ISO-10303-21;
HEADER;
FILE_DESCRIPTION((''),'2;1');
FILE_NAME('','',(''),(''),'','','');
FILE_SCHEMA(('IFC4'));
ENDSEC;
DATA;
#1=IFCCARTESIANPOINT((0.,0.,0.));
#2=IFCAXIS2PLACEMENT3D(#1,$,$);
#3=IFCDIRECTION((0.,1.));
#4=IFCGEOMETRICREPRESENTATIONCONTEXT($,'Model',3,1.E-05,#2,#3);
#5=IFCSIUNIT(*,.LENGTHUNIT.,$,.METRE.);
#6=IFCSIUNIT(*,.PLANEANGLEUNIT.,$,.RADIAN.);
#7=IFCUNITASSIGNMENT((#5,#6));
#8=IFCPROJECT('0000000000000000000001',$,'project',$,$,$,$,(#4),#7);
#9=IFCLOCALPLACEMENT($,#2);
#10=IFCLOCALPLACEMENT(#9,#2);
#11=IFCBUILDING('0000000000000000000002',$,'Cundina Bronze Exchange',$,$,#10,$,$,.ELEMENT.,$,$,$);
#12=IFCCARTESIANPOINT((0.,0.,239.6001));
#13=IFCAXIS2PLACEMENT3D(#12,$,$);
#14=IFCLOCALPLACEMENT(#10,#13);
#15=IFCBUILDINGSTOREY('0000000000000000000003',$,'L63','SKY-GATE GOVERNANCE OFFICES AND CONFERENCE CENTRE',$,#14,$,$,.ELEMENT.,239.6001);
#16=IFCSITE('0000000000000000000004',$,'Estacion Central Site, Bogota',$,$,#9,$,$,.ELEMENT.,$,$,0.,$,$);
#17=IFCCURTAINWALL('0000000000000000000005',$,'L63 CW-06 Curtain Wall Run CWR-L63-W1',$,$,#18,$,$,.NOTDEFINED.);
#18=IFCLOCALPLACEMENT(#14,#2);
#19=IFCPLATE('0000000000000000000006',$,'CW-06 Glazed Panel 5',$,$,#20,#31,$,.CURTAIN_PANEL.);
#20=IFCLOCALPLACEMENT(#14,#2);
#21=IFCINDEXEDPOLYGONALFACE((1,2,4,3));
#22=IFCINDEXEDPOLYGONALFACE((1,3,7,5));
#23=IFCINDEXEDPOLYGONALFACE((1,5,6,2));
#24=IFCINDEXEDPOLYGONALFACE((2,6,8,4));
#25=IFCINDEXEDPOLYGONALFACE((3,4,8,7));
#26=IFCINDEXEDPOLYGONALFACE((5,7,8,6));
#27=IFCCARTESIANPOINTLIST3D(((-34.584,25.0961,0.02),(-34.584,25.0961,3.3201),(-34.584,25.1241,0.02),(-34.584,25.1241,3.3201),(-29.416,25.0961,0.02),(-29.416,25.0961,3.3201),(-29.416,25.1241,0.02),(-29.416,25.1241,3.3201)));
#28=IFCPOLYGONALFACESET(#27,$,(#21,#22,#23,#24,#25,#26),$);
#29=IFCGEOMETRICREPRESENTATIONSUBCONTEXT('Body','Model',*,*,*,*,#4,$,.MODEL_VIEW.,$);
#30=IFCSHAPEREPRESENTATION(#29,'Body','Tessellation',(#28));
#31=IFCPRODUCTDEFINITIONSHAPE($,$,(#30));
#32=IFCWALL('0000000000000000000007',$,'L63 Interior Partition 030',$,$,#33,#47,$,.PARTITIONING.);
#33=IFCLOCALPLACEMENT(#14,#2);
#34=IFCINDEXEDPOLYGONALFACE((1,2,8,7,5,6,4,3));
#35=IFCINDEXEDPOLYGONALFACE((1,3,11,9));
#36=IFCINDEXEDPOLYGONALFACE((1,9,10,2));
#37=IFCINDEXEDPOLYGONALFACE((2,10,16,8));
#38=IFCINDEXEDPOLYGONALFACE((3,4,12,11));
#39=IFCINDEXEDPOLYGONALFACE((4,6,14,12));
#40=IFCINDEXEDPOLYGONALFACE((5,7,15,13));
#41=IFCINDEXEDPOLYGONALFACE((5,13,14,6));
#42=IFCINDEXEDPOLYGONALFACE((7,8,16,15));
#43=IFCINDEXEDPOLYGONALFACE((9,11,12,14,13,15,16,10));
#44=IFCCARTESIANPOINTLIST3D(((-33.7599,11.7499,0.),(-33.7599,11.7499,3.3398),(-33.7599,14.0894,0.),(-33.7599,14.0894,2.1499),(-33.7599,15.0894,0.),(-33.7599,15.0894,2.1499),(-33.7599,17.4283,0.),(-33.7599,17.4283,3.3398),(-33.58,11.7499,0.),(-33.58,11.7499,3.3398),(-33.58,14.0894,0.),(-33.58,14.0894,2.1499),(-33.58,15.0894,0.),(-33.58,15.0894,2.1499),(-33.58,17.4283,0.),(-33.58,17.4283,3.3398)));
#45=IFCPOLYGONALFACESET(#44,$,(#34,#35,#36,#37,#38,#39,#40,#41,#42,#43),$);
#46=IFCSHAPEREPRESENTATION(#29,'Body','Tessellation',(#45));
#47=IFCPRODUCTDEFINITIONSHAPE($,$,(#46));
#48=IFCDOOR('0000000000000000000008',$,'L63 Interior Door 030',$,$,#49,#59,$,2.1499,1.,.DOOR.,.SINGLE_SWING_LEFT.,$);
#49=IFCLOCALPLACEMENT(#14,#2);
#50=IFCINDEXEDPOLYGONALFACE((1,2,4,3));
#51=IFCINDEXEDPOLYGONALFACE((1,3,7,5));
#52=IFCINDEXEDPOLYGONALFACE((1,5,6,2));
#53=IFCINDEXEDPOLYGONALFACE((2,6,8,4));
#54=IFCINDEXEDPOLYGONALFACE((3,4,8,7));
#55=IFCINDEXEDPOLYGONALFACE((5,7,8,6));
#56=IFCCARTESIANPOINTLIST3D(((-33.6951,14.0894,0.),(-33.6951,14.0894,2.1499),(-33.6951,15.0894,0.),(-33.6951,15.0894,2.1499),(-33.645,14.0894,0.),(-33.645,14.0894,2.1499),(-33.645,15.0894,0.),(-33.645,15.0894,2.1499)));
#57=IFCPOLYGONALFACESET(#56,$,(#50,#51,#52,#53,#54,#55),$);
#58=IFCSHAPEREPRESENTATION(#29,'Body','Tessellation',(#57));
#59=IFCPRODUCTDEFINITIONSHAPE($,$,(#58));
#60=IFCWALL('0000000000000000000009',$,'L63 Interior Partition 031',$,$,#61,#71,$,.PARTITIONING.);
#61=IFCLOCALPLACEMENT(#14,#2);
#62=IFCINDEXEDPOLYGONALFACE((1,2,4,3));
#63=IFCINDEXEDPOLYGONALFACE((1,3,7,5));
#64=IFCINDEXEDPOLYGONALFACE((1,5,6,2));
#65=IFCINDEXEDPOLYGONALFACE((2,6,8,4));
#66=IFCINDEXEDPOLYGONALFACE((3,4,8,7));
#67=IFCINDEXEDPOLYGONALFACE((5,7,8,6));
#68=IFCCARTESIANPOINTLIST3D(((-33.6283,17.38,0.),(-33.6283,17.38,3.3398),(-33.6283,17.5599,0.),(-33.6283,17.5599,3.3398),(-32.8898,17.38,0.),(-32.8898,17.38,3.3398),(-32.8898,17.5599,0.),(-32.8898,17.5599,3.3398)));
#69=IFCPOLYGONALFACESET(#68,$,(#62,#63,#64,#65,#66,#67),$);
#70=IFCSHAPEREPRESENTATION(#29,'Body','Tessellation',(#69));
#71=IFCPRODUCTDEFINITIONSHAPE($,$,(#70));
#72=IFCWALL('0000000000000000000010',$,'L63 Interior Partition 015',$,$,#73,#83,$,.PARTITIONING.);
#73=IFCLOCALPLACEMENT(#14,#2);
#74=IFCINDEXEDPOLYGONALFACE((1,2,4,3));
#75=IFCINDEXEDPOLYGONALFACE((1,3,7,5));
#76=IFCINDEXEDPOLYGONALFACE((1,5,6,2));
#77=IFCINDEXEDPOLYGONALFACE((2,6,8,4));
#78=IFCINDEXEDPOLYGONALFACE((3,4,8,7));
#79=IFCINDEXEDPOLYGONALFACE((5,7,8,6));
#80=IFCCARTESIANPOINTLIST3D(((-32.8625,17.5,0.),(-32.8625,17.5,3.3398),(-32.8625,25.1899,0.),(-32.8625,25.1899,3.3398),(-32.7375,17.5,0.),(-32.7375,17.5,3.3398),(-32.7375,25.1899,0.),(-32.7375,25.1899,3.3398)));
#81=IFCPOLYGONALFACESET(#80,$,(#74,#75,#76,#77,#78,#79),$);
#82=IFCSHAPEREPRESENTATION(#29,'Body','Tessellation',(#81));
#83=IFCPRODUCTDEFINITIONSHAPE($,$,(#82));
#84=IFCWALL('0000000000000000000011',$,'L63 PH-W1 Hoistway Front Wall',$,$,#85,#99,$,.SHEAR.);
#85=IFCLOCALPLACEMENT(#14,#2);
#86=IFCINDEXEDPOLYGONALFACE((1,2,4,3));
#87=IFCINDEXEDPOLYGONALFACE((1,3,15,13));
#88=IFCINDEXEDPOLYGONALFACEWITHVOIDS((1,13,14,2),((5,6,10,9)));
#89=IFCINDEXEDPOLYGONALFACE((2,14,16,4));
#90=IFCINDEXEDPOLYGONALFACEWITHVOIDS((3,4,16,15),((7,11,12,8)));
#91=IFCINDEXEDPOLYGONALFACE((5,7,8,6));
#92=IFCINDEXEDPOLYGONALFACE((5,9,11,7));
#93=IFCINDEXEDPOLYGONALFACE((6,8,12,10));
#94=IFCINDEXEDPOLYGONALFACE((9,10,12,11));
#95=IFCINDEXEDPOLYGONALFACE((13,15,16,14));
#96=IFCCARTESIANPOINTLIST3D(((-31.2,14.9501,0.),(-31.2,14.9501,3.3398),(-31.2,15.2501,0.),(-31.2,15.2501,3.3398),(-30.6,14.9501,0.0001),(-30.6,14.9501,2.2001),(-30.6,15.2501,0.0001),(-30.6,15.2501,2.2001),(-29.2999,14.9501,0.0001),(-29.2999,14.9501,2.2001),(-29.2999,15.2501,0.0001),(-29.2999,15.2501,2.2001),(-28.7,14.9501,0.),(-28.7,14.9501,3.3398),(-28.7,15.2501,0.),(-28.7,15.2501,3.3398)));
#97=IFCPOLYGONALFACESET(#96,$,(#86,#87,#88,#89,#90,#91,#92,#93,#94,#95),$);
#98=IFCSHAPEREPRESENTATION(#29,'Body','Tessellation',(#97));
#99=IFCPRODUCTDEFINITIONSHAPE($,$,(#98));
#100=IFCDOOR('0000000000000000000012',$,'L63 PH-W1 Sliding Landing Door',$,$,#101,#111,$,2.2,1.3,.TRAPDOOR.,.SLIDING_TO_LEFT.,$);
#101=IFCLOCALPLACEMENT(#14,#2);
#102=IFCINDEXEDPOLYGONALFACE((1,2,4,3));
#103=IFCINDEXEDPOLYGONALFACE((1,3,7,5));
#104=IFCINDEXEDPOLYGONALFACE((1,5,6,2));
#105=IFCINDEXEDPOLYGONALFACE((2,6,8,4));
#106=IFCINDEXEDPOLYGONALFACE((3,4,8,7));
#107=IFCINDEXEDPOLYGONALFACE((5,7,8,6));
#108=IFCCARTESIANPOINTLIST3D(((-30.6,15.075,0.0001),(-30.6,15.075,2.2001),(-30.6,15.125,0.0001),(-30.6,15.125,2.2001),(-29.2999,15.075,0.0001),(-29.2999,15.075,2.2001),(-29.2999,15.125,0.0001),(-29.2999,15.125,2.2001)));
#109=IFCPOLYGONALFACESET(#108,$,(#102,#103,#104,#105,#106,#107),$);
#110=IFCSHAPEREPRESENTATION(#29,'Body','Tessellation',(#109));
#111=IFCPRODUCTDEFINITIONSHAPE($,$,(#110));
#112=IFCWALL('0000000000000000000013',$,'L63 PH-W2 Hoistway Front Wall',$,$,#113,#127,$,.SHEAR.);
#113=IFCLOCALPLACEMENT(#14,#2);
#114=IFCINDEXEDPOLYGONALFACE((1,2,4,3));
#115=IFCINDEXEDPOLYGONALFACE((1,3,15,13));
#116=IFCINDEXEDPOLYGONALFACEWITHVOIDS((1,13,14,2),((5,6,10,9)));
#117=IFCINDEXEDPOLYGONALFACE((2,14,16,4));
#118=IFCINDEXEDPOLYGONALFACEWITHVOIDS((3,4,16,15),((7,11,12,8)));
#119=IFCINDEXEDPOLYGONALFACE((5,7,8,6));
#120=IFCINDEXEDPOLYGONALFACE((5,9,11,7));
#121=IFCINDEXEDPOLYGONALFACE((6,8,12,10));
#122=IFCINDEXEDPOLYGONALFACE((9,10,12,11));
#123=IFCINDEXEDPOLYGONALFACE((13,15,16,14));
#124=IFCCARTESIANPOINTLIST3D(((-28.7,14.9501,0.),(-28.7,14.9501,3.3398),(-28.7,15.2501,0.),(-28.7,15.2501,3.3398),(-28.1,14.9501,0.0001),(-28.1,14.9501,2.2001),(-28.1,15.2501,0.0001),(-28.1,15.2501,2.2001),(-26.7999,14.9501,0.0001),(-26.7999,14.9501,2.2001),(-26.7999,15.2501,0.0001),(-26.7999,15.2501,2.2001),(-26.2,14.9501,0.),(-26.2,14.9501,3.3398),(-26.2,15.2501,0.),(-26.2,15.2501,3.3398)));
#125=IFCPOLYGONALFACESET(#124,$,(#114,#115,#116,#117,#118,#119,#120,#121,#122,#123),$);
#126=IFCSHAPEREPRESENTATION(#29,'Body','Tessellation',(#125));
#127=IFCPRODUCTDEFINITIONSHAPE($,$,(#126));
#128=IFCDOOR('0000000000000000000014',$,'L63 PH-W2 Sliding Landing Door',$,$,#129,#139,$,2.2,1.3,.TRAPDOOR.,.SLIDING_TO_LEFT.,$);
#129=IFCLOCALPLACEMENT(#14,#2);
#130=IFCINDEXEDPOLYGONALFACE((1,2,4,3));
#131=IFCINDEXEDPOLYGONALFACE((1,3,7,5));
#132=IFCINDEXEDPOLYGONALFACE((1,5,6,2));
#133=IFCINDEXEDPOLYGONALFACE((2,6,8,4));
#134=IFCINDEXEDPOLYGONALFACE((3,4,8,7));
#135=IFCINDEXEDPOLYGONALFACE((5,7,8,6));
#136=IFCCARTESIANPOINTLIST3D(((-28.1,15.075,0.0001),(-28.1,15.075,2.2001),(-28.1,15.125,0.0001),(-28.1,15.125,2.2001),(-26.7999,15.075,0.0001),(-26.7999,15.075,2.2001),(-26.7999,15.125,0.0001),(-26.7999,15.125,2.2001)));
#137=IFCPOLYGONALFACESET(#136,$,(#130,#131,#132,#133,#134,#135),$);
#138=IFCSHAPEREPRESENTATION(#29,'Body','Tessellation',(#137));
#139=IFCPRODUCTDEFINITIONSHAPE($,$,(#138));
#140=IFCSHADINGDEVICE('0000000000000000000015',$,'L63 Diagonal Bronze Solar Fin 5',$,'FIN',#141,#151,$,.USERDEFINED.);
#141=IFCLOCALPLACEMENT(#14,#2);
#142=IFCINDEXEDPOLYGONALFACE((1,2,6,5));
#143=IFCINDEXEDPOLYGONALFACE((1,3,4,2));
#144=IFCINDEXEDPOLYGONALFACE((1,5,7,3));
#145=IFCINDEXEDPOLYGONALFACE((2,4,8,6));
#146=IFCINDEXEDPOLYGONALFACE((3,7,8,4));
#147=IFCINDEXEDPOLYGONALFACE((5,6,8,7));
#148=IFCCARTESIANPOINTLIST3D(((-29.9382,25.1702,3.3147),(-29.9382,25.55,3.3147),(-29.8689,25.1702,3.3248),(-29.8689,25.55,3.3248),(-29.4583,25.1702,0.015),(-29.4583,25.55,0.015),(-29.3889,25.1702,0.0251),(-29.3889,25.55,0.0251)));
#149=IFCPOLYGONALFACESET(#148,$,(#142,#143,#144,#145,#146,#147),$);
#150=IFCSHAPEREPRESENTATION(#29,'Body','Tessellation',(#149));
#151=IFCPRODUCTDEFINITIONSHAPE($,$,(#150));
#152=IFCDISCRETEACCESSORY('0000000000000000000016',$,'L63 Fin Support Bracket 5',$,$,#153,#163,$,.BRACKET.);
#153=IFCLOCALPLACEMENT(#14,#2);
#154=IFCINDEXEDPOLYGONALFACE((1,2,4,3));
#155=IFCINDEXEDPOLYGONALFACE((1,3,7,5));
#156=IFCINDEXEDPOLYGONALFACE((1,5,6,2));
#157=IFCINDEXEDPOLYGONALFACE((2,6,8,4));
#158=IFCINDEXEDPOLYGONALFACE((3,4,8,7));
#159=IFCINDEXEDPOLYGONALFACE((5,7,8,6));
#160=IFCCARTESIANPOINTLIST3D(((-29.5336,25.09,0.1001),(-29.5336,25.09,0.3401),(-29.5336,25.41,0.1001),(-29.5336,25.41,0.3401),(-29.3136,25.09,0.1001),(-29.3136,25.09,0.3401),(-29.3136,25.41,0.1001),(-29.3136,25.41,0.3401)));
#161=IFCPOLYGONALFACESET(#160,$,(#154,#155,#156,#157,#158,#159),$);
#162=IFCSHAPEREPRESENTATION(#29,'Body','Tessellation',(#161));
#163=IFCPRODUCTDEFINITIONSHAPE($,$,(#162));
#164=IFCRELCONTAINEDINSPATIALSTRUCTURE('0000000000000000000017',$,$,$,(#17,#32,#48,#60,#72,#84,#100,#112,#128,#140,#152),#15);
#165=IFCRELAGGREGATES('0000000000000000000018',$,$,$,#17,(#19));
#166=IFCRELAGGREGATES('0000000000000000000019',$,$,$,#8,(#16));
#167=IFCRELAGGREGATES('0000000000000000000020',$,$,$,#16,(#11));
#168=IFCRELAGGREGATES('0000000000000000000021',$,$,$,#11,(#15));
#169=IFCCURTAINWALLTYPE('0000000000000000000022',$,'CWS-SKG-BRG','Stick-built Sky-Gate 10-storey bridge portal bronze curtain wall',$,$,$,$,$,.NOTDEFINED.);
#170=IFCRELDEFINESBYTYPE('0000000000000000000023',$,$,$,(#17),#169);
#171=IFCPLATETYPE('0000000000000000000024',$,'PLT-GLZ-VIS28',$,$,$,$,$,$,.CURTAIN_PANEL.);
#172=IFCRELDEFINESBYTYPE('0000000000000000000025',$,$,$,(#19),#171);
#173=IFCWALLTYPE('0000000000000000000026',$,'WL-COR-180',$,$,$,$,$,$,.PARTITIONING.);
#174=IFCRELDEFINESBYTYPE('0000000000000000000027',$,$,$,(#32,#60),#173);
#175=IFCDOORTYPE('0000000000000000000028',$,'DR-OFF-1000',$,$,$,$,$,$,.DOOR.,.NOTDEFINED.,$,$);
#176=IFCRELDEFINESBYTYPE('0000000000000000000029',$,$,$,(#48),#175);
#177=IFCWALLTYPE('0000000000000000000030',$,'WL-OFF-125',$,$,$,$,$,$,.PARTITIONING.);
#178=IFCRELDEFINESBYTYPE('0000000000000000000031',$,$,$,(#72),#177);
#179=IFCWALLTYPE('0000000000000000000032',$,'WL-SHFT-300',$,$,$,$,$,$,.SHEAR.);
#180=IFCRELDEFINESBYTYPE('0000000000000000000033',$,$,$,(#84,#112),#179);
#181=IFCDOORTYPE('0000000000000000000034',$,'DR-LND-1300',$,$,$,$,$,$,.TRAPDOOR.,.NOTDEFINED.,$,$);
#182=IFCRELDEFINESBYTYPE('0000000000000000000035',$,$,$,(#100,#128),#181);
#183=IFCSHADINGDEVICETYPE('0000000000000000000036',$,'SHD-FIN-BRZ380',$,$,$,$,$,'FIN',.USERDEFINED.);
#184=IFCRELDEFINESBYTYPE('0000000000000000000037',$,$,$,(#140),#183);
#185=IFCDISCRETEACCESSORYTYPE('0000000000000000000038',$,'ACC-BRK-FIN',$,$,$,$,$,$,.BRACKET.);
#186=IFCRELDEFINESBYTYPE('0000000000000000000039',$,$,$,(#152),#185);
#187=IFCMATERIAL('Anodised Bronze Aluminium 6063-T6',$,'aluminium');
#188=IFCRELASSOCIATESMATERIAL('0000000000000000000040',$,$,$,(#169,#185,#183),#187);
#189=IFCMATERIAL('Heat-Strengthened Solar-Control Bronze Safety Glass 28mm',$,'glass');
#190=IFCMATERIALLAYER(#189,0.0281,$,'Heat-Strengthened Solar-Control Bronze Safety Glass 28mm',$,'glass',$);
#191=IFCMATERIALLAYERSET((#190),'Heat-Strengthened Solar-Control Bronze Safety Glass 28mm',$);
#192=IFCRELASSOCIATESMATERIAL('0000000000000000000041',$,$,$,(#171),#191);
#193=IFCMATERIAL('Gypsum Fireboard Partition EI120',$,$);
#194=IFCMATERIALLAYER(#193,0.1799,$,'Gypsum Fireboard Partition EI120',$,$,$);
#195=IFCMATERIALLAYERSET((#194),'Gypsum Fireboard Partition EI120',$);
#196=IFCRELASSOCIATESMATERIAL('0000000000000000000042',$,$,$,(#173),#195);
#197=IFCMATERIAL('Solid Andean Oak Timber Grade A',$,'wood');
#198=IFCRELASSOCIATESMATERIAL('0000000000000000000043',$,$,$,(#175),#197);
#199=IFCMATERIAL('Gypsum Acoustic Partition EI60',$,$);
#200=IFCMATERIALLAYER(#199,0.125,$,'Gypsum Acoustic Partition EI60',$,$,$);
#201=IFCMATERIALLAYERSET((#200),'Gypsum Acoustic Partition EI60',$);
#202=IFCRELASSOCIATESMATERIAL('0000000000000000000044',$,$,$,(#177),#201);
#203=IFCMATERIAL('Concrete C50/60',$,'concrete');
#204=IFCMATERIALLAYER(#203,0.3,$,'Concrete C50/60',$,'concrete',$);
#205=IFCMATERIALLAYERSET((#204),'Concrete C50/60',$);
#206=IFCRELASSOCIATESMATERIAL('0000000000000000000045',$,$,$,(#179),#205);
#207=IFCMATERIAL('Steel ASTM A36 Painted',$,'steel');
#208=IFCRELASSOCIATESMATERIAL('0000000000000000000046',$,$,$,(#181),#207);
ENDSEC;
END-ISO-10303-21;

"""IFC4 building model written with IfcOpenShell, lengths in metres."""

from ifc_helpers import new_model, si_unit, direction, frame, frame_2d, origin, origin_2d, place, context, subcontext, project, spatial, rectangle, extrude, material, layer, layer_set, material_profile, profile_set, type_object, element, fill, aggregate, save


model = new_model("IFC4")

# Units and contexts
model_context = context("Model", 3, precision=1e-05, world=origin(), true_north=direction((0.0, 1.0)))
body_context = subcontext(model_context, "Body", "Model", "MODEL_VIEW")
ifc_project = project(units=[si_unit("LENGTHUNIT", "METRE"), si_unit("PLANEANGLEUNIT", "RADIAN")], contexts=[model_context])

# Site, building, storey
site_placement = place(None, origin())
site = spatial("IfcSite", under=ifc_project, at=site_placement, Name="Estacion Central Site, Bogota", CompositionType="ELEMENT", RefElevation=0.0)
building_placement = place(site_placement, origin())
building = spatial("IfcBuilding", under=site, at=building_placement, Name="Cundina Bronze Exchange", CompositionType="ELEMENT")
storey_placement = place(building_placement, frame((0.0, 0.0, 239.6001)))
storey = spatial("IfcBuildingStorey", under=building, at=storey_placement, Name="L63", Description="SKY-GATE GOVERNANCE OFFICES AND CONFERENCE CENTRE", CompositionType="ELEMENT", Elevation=239.6001)

# Shared definitions
ifc_material_1 = material(Name="Concrete C50/60", Category="concrete")

# Curtain wall, plate
ifc_material_2 = material(Name="Anodised Bronze Aluminium 6063-T6", Category="aluminium")
curtain_wall_type = type_object("IfcCurtainWallType", Name="CWS-SKG-BRG", Description="Stick-built Sky-Gate 10-storey bridge portal bronze curtain wall", PredefinedType="NOTDEFINED", material=ifc_material_2)
curtain_wall_placement = place(storey_placement, origin())
curtain_wall = element("IfcCurtainWall", 1, at=curtain_wall_placement, inside=storey, type_object=curtain_wall_type, Name="L63 CW-06 Curtain Wall Run CWR-L63-W1", PredefinedType="NOTDEFINED")
ifc_material_3 = material(Name="Heat-Strengthened Solar-Control Bronze Safety Glass 28mm", Category="glass")
ifc_layer_1 = layer(ifc_material_3, 0.0281, Name="Heat-Strengthened Solar-Control Bronze Safety Glass 28mm", Category="glass")
ifc_layer_set_1 = layer_set([ifc_layer_1], Name="Heat-Strengthened Solar-Control Bronze Safety Glass 28mm")
plate_type = type_object("IfcPlateType", Name="PLT-GLZ-VIS28", PredefinedType="CURTAIN_PANEL", material=ifc_layer_set_1)
plate_placement = place(storey_placement, frame((-32.0, 25.1101, 0.02), z_axis=(0.0, 0.0, 1.0), x_axis=(-1.0, 0.0, 0.0)))
plate = element("IfcPlate", 2, at=plate_placement, type_object=plate_type, Name="CW-06 Glazed Panel 5", PredefinedType="CURTAIN_PANEL", context=body_context, shape_type="SweptSolid", body=[
    extrude(rectangle(XDim=5.168, YDim=0.0281, at=origin_2d()), origin(), (0.0, 0.0, 1.0), 3.3),
])
aggregate(curtain_wall, [plate])

# Wall, opening, door
ifc_material_4 = material(Name="Gypsum Fireboard Partition EI120")
ifc_layer_2 = layer(ifc_material_4, 0.1799, Name="Gypsum Fireboard Partition EI120")
ifc_layer_set_2 = layer_set([ifc_layer_2], Name="Gypsum Fireboard Partition EI120")
wall_type_1 = type_object("IfcWallType", Name="WL-COR-180", PredefinedType="PARTITIONING", material=ifc_layer_set_2)
wall_1_placement = place(storey_placement, frame((-33.6699, 17.4285, 0.0), z_axis=(0.0, 0.0, 1.0), x_axis=(0.0, -1.0, 0.0)))
wall_1 = element("IfcWall", 3, at=wall_1_placement, inside=storey, type_object=wall_type_1, Name="L63 Interior Partition 030", PredefinedType="PARTITIONING", context=body_context, shape_type="SweptSolid", body=[
    extrude(rectangle(XDim=5.6785, YDim=0.1799, at=frame_2d((2.8394, 0.0))), origin(), (0.0, 0.0, 1.0), 3.3398),
])
opening_1_placement = place(wall_1_placement, frame((2.3391, 0.0, 0.0)))
opening_1 = element("IfcOpeningElement", 4, at=opening_1_placement, cuts=wall_1, PredefinedType="OPENING", context=body_context, shape_type="SweptSolid", body=[
    extrude(rectangle(XDim=1.0, YDim=2.1499, at=frame_2d((0.5, 1.075))), frame((0.0, 0.0999, 0.0), z_axis=(0.0, -1.0, 0.0), x_axis=(1.0, 0.0, 0.0)), (0.0, 0.0, 1.0), 0.2),
])
ifc_material_5 = material(Name="Solid Andean Oak Timber Grade A", Category="wood")
door_type_1 = type_object("IfcDoorType", Name="DR-OFF-1000", OperationType="NOTDEFINED", PredefinedType="DOOR", material=ifc_material_5)
door_1_placement = place(opening_1_placement, origin())
door_1 = element("IfcDoor", 5, at=door_1_placement, inside=storey, type_object=door_type_1, Name="L63 Interior Door 030", OperationType="SINGLE_SWING_LEFT", OverallHeight=2.1499, OverallWidth=1.0, PredefinedType="DOOR", context=body_context, shape_type="SweptSolid", body=[
    extrude(rectangle(XDim=1.0, YDim=2.1499, at=frame_2d((0.5, 1.075))), frame((0.0, 0.0249, 0.0), z_axis=(0.0, -1.0, 0.0), x_axis=(1.0, 0.0, 0.0)), (0.0, 0.0, 1.0), 0.05),
])
fill(opening_1, door_1)

# Walls
wall_2_placement = place(storey_placement, frame((-32.8899, 17.47, 0.0), z_axis=(0.0, 0.0, 1.0), x_axis=(-1.0, 0.0, 0.0)))
element("IfcWall", 6, at=wall_2_placement, inside=storey, type_object=wall_type_1, Name="L63 Interior Partition 031", PredefinedType="PARTITIONING", context=body_context, shape_type="SweptSolid", body=[
    extrude(rectangle(XDim=0.7385, YDim=0.1799, at=frame_2d((0.3691, 0.0))), origin(), (0.0, 0.0, 1.0), 3.3398),
])
ifc_material_6 = material(Name="Gypsum Acoustic Partition EI60")
ifc_layer_3 = layer(ifc_material_6, 0.125, Name="Gypsum Acoustic Partition EI60")
ifc_layer_set_3 = layer_set([ifc_layer_3], Name="Gypsum Acoustic Partition EI60")
wall_type_2 = type_object("IfcWallType", Name="WL-OFF-125", PredefinedType="PARTITIONING", material=ifc_layer_set_3)
wall_3_placement = place(storey_placement, frame((-32.8, 17.5, 0.0), z_axis=(0.0, 0.0, 1.0), x_axis=(0.0, 1.0, 0.0)))
element("IfcWall", 7, at=wall_3_placement, inside=storey, type_object=wall_type_2, Name="L63 Interior Partition 015", PredefinedType="PARTITIONING", context=body_context, shape_type="SweptSolid", body=[
    extrude(rectangle(XDim=7.6899, YDim=0.125, at=frame_2d((3.845, 0.0))), origin(), (0.0, 0.0, 1.0), 3.3398),
])

# Walls, openings, doors
ifc_layer_4 = layer(ifc_material_1, 0.3, Name="Concrete C50/60", Category="concrete")
ifc_layer_set_4 = layer_set([ifc_layer_4], Name="Concrete C50/60")
wall_type_3 = type_object("IfcWallType", Name="WL-SHFT-300", PredefinedType="SHEAR", material=ifc_layer_set_4)
wall_4_placement = place(storey_placement, frame((-31.2, 15.1001, 0.0), z_axis=(0.0, 0.0, 1.0), x_axis=(1.0, 0.0, 0.0)))
wall_4 = element("IfcWall", 8, at=wall_4_placement, inside=storey, type_object=wall_type_3, Name="L63 PH-W1 Hoistway Front Wall", PredefinedType="SHEAR", context=body_context, shape_type="SweptSolid", body=[
    extrude(rectangle(XDim=2.5, YDim=0.3, at=frame_2d((1.25, 0.0))), origin(), (0.0, 0.0, 1.0), 3.3398),
])
opening_2_placement = place(wall_4_placement, frame((0.6001, 0.0, 0.0)))
opening_2 = element("IfcOpeningElement", 9, at=opening_2_placement, cuts=wall_4, PredefinedType="OPENING", context=body_context, shape_type="SweptSolid", body=[
    extrude(rectangle(XDim=1.3, YDim=2.2, at=frame_2d((0.6499, 1.1001))), frame((0.0, 0.1599, 0.0), z_axis=(0.0, -1.0, 0.0), x_axis=(1.0, 0.0, 0.0)), (0.0, 0.0, 1.0), 0.3201),
])
ifc_material_7 = material(Name="Steel ASTM A36 Painted", Category="steel")
door_type_2 = type_object("IfcDoorType", Name="DR-LND-1300", OperationType="NOTDEFINED", PredefinedType="TRAPDOOR", material=ifc_material_7)
door_2_placement = place(opening_2_placement, origin())
door_2 = element("IfcDoor", 10, at=door_2_placement, inside=storey, type_object=door_type_2, Name="L63 PH-W1 Sliding Landing Door", OperationType="SLIDING_TO_LEFT", OverallHeight=2.2, OverallWidth=1.3, PredefinedType="TRAPDOOR", context=body_context, shape_type="SweptSolid", body=[
    extrude(rectangle(XDim=1.3, YDim=2.2, at=frame_2d((0.6499, 1.1001))), frame((0.0, 0.0249, 0.0), z_axis=(0.0, -1.0, 0.0), x_axis=(1.0, 0.0, 0.0)), (0.0, 0.0, 1.0), 0.05),
])
fill(opening_2, door_2)
wall_5_placement = place(storey_placement, frame((-28.7, 15.1001, 0.0), z_axis=(0.0, 0.0, 1.0), x_axis=(1.0, 0.0, 0.0)))
wall_5 = element("IfcWall", 11, at=wall_5_placement, inside=storey, type_object=wall_type_3, Name="L63 PH-W2 Hoistway Front Wall", PredefinedType="SHEAR", context=body_context, shape_type="SweptSolid", body=[
    extrude(rectangle(XDim=2.5, YDim=0.3, at=frame_2d((1.25, 0.0))), origin(), (0.0, 0.0, 1.0), 3.3398),
])
opening_3_placement = place(wall_5_placement, frame((0.6001, 0.0, 0.0)))
opening_3 = element("IfcOpeningElement", 12, at=opening_3_placement, cuts=wall_5, PredefinedType="OPENING", context=body_context, shape_type="SweptSolid", body=[
    extrude(rectangle(XDim=1.3, YDim=2.2, at=frame_2d((0.6499, 1.1001))), frame((0.0, 0.1599, 0.0), z_axis=(0.0, -1.0, 0.0), x_axis=(1.0, 0.0, 0.0)), (0.0, 0.0, 1.0), 0.3201),
])
door_3_placement = place(opening_3_placement, origin())
door_3 = element("IfcDoor", 13, at=door_3_placement, inside=storey, type_object=door_type_2, Name="L63 PH-W2 Sliding Landing Door", OperationType="SLIDING_TO_LEFT", OverallHeight=2.2, OverallWidth=1.3, PredefinedType="TRAPDOOR", context=body_context, shape_type="SweptSolid", body=[
    extrude(rectangle(XDim=1.3, YDim=2.2, at=frame_2d((0.6499, 1.1001))), frame((0.0, 0.0249, 0.0), z_axis=(0.0, -1.0, 0.0), x_axis=(1.0, 0.0, 0.0)), (0.0, 0.0, 1.0), 0.05),
])
fill(opening_3, door_3)

# Shading device
ifc_material_profile_1 = material_profile(ifc_material_2, rectangle(XDim=0.0701, YDim=0.3799, at=origin_2d()), Name="FIN70X380", Category="aluminium")
ifc_profile_set_1 = profile_set([ifc_material_profile_1], Name="Anodised Bronze Aluminium 6063-T6")
shading_device_type = type_object("IfcShadingDeviceType", Name="SHD-FIN-BRZ380", ElementType="FIN", PredefinedType="USERDEFINED", material=ifc_profile_set_1)
shading_device_placement = place(storey_placement, frame((-29.4236, 25.3601, 0.02), z_axis=(-0.143942, 0.0, 0.989586), x_axis=(0.989586, 0.0, 0.143942)))
element("IfcShadingDevice", 14, at=shading_device_placement, inside=storey, type_object=shading_device_type, Name="L63 Diagonal Bronze Solar Fin 5", ObjectType="FIN", PredefinedType="USERDEFINED", context=body_context, shape_type="SweptSolid", body=[
    extrude(rectangle(XDim=0.0701, YDim=0.3799, at=origin_2d()), origin(), (0.0, 0.0, 1.0), 3.3345),
])

# Discrete accessory
discrete_accessory_type = type_object("IfcDiscreteAccessoryType", Name="ACC-BRK-FIN", PredefinedType="BRACKET", material=ifc_material_2)
discrete_accessory_placement = place(storey_placement, frame((-29.4236, 25.25, 0.1001), z_axis=(0.0, 0.0, 1.0), x_axis=(-1.0, 0.0, 0.0)))
element("IfcDiscreteAccessory", 15, at=discrete_accessory_placement, inside=storey, type_object=discrete_accessory_type, Name="L63 Fin Support Bracket 5", PredefinedType="BRACKET", context=body_context, shape_type="SweptSolid", body=[
    extrude(rectangle(XDim=0.22, YDim=0.3201, at=origin_2d()), origin(), (0.0, 0.0, 1.0), 0.24),
])

save(model, "model.ifc")
